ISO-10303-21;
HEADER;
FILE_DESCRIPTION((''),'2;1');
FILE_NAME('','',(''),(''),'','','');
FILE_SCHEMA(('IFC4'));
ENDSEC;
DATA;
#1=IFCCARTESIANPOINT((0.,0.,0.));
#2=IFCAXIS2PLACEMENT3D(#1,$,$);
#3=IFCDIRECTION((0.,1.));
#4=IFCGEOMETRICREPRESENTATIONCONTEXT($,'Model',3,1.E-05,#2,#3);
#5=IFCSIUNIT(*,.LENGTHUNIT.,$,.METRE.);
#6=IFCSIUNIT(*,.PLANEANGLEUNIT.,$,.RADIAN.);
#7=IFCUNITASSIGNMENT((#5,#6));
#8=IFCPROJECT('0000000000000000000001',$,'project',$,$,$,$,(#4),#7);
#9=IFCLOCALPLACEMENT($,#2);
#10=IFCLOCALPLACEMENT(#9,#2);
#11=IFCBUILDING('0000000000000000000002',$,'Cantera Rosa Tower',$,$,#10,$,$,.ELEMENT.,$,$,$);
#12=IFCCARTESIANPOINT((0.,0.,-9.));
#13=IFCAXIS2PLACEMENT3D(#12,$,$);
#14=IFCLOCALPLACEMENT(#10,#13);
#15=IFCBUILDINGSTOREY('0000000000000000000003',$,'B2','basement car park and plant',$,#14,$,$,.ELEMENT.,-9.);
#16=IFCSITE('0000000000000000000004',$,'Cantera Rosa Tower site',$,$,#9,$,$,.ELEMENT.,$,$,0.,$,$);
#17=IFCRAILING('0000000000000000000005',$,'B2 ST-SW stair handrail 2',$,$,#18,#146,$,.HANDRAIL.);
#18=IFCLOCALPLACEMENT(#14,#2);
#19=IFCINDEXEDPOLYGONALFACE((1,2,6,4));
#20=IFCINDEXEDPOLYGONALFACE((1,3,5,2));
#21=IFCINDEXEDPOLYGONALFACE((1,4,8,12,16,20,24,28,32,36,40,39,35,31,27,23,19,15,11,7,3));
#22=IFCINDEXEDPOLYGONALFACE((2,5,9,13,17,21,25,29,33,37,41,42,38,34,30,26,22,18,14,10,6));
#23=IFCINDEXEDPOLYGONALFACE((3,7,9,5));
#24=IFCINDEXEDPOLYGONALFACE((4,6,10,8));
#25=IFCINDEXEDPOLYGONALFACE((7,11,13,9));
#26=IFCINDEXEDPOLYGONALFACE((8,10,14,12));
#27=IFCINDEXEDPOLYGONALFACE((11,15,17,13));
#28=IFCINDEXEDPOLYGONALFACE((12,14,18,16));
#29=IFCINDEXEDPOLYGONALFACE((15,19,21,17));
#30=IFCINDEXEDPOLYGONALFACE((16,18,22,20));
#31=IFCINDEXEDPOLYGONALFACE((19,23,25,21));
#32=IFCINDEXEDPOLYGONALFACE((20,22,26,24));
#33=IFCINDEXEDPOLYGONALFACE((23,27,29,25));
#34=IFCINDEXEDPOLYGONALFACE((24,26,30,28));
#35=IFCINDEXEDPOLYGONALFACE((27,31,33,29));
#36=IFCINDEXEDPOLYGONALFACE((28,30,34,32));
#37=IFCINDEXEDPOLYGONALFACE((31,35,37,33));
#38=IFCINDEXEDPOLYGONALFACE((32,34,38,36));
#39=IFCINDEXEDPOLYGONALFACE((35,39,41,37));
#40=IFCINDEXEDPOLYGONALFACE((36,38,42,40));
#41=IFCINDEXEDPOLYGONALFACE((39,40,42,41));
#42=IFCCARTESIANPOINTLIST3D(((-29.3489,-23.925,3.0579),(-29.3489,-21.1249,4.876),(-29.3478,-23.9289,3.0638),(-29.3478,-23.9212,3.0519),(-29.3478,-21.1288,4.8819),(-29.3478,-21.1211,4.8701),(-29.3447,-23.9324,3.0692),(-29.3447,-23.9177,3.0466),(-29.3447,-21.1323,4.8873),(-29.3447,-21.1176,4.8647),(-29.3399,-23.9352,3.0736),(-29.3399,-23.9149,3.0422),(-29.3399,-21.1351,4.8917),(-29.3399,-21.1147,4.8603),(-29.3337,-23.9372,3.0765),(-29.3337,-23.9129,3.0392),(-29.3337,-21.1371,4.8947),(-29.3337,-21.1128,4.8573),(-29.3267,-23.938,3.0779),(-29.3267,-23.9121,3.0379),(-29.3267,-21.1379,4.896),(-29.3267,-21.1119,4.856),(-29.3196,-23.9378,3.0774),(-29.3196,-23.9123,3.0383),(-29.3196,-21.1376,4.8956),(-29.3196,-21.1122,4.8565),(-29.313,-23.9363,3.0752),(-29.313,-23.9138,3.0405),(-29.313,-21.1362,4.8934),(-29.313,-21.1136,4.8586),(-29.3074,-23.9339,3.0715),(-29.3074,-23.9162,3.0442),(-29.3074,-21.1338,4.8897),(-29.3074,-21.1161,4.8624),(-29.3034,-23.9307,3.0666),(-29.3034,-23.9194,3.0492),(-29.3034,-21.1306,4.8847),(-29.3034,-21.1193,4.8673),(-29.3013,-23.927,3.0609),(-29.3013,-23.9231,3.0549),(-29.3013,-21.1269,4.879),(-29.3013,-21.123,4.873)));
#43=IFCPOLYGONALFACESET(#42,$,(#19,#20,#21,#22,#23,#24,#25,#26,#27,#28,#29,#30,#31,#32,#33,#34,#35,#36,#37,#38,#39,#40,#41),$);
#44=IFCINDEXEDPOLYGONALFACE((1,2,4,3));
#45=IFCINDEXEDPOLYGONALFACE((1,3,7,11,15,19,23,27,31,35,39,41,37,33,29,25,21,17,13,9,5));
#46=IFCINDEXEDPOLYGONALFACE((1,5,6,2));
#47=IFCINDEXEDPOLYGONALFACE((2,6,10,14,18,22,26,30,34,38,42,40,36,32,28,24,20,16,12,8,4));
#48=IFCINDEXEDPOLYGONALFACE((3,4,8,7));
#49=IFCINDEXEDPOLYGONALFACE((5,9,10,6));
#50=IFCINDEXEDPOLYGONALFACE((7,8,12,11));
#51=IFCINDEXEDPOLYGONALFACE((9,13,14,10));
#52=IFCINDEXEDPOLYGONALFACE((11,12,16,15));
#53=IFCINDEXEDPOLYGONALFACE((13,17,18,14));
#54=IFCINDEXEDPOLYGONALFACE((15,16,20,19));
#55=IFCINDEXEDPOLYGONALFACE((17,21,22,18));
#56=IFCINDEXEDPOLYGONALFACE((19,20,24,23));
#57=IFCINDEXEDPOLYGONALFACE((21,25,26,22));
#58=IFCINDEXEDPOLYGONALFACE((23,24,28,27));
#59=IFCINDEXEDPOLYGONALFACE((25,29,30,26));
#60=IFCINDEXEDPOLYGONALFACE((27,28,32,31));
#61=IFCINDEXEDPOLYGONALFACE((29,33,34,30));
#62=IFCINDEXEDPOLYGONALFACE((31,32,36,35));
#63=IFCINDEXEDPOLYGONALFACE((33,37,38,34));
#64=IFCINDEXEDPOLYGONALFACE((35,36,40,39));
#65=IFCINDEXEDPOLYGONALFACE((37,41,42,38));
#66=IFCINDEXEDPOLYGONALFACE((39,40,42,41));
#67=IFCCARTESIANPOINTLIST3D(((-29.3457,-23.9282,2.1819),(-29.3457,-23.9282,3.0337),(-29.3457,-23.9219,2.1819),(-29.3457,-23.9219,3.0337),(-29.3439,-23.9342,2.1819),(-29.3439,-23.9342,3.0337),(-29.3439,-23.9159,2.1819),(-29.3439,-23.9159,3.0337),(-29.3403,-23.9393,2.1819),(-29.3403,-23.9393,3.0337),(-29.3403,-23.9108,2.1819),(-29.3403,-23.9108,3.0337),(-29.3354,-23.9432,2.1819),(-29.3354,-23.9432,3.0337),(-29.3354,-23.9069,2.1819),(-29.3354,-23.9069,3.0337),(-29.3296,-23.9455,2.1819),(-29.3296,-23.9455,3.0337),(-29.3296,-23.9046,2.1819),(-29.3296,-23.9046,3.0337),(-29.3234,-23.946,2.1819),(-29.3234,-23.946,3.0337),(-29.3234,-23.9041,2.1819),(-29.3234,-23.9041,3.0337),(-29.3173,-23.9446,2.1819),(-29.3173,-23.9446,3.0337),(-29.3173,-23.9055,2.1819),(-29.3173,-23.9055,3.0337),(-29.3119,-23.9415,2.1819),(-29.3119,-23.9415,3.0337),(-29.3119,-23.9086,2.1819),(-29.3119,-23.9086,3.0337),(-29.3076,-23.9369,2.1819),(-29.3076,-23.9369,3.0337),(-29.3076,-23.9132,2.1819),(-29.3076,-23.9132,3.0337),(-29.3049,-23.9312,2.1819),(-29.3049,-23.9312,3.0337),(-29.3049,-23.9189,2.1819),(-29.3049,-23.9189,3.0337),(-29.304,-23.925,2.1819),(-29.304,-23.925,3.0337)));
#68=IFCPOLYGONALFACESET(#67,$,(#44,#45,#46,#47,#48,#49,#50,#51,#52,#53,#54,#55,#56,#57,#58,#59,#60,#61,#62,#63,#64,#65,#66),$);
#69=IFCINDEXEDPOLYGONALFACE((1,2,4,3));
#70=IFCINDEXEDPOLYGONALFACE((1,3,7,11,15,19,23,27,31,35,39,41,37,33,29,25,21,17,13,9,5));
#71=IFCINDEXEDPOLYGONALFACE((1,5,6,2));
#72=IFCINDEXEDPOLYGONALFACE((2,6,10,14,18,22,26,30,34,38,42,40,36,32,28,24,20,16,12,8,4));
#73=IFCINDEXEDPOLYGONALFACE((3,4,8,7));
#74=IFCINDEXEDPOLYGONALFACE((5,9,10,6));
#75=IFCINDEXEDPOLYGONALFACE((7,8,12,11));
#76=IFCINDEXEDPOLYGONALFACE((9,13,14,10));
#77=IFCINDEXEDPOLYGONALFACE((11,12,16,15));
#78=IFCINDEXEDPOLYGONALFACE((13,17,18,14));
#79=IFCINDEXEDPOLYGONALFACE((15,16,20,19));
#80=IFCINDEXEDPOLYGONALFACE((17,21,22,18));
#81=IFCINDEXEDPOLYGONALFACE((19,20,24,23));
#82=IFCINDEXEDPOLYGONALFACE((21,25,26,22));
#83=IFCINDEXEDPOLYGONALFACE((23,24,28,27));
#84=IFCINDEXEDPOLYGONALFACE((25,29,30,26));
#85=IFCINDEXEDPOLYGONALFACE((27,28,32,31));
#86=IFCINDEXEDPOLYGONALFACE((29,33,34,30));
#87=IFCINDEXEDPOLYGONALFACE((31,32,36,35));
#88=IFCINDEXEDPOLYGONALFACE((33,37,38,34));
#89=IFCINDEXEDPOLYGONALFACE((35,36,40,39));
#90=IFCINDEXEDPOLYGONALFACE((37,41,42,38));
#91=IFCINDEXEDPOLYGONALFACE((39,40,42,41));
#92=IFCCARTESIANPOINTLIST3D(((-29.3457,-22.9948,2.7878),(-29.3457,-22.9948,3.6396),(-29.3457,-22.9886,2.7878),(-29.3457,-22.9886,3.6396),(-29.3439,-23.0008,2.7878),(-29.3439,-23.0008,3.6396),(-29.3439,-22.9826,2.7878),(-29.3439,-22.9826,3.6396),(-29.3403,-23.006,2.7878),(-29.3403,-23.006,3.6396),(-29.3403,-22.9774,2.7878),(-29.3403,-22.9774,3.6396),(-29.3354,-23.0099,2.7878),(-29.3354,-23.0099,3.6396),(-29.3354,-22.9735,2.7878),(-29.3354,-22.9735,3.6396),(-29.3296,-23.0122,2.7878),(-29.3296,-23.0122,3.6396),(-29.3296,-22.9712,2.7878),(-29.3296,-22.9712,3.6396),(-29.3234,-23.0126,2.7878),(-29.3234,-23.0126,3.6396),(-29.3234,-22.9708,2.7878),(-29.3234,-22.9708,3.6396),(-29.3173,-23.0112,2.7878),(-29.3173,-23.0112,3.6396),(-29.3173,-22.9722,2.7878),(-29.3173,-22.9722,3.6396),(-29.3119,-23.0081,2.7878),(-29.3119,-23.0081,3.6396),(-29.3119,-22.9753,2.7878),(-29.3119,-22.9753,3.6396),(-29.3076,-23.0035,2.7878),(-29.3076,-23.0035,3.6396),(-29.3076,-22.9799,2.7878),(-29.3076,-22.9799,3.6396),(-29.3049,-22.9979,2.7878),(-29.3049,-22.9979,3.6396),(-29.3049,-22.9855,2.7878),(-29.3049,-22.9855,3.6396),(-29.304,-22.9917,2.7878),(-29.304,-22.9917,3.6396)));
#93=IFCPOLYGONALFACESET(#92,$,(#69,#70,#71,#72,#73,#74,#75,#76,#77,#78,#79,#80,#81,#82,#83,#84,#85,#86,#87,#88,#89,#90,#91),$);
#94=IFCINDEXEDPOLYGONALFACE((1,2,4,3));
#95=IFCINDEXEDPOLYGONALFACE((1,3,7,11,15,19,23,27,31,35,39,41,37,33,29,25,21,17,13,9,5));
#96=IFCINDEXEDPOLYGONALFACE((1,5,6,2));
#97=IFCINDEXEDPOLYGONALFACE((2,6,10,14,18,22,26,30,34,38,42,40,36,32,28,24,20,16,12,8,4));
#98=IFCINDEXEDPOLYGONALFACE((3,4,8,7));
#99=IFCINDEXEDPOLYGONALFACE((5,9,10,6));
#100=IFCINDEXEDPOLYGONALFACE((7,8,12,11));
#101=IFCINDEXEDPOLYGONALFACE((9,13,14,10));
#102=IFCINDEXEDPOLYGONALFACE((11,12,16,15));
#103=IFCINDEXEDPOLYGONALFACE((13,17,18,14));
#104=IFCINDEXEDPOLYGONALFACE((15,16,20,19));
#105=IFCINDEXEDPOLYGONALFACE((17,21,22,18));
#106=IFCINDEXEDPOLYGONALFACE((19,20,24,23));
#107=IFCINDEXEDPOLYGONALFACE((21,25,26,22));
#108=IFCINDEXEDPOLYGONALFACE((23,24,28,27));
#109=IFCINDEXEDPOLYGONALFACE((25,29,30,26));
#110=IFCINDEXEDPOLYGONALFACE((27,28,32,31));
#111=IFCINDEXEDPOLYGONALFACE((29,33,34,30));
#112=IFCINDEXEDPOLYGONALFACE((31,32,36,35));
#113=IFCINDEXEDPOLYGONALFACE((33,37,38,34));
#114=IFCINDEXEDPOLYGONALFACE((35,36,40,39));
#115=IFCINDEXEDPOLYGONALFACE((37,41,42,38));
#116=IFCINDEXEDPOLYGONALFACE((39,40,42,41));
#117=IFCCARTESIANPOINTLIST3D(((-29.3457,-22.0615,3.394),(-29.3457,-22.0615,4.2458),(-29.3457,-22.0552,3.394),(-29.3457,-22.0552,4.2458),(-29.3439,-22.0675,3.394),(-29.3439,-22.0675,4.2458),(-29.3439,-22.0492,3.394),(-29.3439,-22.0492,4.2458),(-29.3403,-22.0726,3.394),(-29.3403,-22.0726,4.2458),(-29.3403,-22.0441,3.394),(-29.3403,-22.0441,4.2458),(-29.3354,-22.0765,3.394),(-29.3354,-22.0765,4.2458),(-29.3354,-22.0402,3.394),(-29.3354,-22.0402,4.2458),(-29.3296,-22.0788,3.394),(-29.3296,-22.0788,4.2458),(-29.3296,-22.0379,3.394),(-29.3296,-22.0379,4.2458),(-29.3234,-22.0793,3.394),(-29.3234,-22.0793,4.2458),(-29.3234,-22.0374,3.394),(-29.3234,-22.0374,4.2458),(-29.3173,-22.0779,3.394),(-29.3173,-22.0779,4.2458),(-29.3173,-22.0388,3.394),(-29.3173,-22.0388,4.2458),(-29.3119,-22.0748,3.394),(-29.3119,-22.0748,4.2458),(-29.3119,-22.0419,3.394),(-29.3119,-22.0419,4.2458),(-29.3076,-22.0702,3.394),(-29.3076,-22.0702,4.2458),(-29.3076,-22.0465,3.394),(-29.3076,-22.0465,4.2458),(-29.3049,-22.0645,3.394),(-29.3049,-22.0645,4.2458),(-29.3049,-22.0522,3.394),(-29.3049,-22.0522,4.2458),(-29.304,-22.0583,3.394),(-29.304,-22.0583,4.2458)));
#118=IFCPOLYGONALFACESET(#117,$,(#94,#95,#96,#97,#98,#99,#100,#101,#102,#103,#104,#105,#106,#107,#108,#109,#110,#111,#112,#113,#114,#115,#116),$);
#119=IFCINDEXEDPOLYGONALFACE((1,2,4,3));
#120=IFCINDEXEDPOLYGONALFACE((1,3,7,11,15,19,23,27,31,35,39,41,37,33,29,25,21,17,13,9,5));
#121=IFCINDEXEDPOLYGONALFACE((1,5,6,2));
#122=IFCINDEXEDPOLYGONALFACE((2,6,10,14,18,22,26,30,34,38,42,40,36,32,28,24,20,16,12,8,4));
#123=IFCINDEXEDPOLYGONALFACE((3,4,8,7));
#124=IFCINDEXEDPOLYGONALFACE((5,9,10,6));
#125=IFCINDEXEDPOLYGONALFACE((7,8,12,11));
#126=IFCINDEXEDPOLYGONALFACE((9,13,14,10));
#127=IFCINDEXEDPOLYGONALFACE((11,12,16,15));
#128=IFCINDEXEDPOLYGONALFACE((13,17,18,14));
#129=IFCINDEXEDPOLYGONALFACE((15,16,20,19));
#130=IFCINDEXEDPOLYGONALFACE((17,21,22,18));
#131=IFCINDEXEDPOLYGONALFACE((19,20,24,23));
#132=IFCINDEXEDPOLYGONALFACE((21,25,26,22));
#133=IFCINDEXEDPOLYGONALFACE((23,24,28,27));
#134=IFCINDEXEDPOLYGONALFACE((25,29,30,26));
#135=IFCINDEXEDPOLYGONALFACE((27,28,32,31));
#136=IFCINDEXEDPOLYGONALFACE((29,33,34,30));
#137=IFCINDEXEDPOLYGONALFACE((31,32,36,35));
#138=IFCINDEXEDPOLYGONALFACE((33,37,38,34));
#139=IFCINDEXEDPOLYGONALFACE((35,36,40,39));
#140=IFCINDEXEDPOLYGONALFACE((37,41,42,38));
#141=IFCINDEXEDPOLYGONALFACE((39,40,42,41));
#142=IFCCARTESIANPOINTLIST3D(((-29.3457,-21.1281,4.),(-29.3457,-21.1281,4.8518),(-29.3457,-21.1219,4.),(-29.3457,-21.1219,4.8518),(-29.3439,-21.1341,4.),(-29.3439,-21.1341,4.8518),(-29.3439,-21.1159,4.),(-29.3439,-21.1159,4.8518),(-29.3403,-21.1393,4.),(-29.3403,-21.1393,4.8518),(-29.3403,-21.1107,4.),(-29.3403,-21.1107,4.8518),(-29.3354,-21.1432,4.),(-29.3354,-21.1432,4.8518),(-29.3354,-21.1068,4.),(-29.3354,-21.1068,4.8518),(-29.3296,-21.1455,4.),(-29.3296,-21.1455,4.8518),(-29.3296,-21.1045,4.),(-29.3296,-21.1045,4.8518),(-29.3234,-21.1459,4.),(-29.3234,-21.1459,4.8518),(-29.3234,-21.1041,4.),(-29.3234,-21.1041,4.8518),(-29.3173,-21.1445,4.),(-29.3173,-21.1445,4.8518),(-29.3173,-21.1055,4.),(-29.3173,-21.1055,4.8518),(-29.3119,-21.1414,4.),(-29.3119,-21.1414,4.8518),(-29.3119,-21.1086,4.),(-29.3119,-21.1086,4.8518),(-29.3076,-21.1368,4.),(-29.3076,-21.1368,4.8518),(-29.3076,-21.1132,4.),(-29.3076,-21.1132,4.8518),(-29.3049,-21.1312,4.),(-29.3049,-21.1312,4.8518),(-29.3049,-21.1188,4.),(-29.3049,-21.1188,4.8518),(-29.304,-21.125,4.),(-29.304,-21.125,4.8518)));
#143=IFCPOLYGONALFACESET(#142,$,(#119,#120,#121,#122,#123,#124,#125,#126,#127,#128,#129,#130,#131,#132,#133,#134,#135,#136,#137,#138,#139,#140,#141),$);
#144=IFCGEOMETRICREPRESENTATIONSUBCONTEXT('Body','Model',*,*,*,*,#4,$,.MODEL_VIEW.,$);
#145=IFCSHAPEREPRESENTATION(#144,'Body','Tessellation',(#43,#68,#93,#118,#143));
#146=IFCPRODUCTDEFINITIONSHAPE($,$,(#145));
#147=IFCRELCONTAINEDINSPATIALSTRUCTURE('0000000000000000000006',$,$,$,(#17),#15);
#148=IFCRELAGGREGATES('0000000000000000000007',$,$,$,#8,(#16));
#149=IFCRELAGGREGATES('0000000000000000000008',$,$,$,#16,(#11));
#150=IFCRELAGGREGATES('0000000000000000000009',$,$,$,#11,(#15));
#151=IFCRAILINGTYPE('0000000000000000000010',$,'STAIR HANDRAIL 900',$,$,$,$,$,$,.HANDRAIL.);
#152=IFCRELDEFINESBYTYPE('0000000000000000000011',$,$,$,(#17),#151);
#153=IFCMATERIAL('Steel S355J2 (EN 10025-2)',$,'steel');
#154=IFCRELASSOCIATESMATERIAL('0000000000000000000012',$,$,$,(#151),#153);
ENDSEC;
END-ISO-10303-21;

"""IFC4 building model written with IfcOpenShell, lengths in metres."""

from ifc_helpers import new_model, si_unit, direction, frame, origin, origin_2d, place, context, subcontext, project, spatial, circle, extrude, material, type_object, element, save


model = new_model("IFC4")

# Units and contexts
model_context = context("Model", 3, precision=1e-05, world=origin(), true_north=direction((0.0, 1.0)))
body_context = subcontext(model_context, "Body", "Model", "MODEL_VIEW")
ifc_project = project(units=[si_unit("LENGTHUNIT", "METRE"), si_unit("PLANEANGLEUNIT", "RADIAN")], contexts=[model_context])

# Site, building, storey
site_placement = place(None, origin())
site = spatial("IfcSite", under=ifc_project, at=site_placement, Name="Cantera Rosa Tower site", CompositionType="ELEMENT", RefElevation=0.0)
building_placement = place(site_placement, origin())
building = spatial("IfcBuilding", under=site, at=building_placement, Name="Cantera Rosa Tower", CompositionType="ELEMENT")
storey_placement = place(building_placement, frame((0.0, 0.0, -9.0)))
storey = spatial("IfcBuildingStorey", under=building, at=storey_placement, Name="B2", Description="basement car park and plant", CompositionType="ELEMENT", Elevation=-9.0)

# Railing
ifc_material_1 = material(Name="Steel S355J2 (EN 10025-2)", Category="steel")
railing_type_1 = type_object("IfcRailingType", Name="STAIR HANDRAIL 900", PredefinedType="HANDRAIL", material=ifc_material_1)
railing_1_placement = place(storey_placement, frame((-29.325, -23.925, 2.1819)))
element("IfcRailing", 1, at=railing_1_placement, inside=storey, type_object=railing_type_1, Name="B2 ST-SW stair handrail 2", PredefinedType="HANDRAIL", context=body_context, shape_type="SweptSolid", body=[
    extrude(circle(Radius=0.0239, at=origin_2d()), frame((0.0, 0.0, 0.876), z_axis=(0.0, 0.838706, 0.544585), x_axis=(-1.0, 0.0, 0.0)), (0.0, 0.0, 1.0), 3.3386),
    extrude(circle(Radius=0.021, at=origin_2d()), origin(), (0.0, 0.0, 1.0), 0.8518),
    extrude(circle(Radius=0.021, at=origin_2d()), frame((0.0, 0.9333, 0.606)), (0.0, 0.0, 1.0), 0.8518),
    extrude(circle(Radius=0.021, at=origin_2d()), frame((0.0, 1.8667, 1.2122)), (0.0, 0.0, 1.0), 0.8518),
    extrude(circle(Radius=0.021, at=origin_2d()), frame((0.0, 2.8, 1.8181)), (0.0, 0.0, 1.0), 0.8518),
])

save(model, "model.ifc")
